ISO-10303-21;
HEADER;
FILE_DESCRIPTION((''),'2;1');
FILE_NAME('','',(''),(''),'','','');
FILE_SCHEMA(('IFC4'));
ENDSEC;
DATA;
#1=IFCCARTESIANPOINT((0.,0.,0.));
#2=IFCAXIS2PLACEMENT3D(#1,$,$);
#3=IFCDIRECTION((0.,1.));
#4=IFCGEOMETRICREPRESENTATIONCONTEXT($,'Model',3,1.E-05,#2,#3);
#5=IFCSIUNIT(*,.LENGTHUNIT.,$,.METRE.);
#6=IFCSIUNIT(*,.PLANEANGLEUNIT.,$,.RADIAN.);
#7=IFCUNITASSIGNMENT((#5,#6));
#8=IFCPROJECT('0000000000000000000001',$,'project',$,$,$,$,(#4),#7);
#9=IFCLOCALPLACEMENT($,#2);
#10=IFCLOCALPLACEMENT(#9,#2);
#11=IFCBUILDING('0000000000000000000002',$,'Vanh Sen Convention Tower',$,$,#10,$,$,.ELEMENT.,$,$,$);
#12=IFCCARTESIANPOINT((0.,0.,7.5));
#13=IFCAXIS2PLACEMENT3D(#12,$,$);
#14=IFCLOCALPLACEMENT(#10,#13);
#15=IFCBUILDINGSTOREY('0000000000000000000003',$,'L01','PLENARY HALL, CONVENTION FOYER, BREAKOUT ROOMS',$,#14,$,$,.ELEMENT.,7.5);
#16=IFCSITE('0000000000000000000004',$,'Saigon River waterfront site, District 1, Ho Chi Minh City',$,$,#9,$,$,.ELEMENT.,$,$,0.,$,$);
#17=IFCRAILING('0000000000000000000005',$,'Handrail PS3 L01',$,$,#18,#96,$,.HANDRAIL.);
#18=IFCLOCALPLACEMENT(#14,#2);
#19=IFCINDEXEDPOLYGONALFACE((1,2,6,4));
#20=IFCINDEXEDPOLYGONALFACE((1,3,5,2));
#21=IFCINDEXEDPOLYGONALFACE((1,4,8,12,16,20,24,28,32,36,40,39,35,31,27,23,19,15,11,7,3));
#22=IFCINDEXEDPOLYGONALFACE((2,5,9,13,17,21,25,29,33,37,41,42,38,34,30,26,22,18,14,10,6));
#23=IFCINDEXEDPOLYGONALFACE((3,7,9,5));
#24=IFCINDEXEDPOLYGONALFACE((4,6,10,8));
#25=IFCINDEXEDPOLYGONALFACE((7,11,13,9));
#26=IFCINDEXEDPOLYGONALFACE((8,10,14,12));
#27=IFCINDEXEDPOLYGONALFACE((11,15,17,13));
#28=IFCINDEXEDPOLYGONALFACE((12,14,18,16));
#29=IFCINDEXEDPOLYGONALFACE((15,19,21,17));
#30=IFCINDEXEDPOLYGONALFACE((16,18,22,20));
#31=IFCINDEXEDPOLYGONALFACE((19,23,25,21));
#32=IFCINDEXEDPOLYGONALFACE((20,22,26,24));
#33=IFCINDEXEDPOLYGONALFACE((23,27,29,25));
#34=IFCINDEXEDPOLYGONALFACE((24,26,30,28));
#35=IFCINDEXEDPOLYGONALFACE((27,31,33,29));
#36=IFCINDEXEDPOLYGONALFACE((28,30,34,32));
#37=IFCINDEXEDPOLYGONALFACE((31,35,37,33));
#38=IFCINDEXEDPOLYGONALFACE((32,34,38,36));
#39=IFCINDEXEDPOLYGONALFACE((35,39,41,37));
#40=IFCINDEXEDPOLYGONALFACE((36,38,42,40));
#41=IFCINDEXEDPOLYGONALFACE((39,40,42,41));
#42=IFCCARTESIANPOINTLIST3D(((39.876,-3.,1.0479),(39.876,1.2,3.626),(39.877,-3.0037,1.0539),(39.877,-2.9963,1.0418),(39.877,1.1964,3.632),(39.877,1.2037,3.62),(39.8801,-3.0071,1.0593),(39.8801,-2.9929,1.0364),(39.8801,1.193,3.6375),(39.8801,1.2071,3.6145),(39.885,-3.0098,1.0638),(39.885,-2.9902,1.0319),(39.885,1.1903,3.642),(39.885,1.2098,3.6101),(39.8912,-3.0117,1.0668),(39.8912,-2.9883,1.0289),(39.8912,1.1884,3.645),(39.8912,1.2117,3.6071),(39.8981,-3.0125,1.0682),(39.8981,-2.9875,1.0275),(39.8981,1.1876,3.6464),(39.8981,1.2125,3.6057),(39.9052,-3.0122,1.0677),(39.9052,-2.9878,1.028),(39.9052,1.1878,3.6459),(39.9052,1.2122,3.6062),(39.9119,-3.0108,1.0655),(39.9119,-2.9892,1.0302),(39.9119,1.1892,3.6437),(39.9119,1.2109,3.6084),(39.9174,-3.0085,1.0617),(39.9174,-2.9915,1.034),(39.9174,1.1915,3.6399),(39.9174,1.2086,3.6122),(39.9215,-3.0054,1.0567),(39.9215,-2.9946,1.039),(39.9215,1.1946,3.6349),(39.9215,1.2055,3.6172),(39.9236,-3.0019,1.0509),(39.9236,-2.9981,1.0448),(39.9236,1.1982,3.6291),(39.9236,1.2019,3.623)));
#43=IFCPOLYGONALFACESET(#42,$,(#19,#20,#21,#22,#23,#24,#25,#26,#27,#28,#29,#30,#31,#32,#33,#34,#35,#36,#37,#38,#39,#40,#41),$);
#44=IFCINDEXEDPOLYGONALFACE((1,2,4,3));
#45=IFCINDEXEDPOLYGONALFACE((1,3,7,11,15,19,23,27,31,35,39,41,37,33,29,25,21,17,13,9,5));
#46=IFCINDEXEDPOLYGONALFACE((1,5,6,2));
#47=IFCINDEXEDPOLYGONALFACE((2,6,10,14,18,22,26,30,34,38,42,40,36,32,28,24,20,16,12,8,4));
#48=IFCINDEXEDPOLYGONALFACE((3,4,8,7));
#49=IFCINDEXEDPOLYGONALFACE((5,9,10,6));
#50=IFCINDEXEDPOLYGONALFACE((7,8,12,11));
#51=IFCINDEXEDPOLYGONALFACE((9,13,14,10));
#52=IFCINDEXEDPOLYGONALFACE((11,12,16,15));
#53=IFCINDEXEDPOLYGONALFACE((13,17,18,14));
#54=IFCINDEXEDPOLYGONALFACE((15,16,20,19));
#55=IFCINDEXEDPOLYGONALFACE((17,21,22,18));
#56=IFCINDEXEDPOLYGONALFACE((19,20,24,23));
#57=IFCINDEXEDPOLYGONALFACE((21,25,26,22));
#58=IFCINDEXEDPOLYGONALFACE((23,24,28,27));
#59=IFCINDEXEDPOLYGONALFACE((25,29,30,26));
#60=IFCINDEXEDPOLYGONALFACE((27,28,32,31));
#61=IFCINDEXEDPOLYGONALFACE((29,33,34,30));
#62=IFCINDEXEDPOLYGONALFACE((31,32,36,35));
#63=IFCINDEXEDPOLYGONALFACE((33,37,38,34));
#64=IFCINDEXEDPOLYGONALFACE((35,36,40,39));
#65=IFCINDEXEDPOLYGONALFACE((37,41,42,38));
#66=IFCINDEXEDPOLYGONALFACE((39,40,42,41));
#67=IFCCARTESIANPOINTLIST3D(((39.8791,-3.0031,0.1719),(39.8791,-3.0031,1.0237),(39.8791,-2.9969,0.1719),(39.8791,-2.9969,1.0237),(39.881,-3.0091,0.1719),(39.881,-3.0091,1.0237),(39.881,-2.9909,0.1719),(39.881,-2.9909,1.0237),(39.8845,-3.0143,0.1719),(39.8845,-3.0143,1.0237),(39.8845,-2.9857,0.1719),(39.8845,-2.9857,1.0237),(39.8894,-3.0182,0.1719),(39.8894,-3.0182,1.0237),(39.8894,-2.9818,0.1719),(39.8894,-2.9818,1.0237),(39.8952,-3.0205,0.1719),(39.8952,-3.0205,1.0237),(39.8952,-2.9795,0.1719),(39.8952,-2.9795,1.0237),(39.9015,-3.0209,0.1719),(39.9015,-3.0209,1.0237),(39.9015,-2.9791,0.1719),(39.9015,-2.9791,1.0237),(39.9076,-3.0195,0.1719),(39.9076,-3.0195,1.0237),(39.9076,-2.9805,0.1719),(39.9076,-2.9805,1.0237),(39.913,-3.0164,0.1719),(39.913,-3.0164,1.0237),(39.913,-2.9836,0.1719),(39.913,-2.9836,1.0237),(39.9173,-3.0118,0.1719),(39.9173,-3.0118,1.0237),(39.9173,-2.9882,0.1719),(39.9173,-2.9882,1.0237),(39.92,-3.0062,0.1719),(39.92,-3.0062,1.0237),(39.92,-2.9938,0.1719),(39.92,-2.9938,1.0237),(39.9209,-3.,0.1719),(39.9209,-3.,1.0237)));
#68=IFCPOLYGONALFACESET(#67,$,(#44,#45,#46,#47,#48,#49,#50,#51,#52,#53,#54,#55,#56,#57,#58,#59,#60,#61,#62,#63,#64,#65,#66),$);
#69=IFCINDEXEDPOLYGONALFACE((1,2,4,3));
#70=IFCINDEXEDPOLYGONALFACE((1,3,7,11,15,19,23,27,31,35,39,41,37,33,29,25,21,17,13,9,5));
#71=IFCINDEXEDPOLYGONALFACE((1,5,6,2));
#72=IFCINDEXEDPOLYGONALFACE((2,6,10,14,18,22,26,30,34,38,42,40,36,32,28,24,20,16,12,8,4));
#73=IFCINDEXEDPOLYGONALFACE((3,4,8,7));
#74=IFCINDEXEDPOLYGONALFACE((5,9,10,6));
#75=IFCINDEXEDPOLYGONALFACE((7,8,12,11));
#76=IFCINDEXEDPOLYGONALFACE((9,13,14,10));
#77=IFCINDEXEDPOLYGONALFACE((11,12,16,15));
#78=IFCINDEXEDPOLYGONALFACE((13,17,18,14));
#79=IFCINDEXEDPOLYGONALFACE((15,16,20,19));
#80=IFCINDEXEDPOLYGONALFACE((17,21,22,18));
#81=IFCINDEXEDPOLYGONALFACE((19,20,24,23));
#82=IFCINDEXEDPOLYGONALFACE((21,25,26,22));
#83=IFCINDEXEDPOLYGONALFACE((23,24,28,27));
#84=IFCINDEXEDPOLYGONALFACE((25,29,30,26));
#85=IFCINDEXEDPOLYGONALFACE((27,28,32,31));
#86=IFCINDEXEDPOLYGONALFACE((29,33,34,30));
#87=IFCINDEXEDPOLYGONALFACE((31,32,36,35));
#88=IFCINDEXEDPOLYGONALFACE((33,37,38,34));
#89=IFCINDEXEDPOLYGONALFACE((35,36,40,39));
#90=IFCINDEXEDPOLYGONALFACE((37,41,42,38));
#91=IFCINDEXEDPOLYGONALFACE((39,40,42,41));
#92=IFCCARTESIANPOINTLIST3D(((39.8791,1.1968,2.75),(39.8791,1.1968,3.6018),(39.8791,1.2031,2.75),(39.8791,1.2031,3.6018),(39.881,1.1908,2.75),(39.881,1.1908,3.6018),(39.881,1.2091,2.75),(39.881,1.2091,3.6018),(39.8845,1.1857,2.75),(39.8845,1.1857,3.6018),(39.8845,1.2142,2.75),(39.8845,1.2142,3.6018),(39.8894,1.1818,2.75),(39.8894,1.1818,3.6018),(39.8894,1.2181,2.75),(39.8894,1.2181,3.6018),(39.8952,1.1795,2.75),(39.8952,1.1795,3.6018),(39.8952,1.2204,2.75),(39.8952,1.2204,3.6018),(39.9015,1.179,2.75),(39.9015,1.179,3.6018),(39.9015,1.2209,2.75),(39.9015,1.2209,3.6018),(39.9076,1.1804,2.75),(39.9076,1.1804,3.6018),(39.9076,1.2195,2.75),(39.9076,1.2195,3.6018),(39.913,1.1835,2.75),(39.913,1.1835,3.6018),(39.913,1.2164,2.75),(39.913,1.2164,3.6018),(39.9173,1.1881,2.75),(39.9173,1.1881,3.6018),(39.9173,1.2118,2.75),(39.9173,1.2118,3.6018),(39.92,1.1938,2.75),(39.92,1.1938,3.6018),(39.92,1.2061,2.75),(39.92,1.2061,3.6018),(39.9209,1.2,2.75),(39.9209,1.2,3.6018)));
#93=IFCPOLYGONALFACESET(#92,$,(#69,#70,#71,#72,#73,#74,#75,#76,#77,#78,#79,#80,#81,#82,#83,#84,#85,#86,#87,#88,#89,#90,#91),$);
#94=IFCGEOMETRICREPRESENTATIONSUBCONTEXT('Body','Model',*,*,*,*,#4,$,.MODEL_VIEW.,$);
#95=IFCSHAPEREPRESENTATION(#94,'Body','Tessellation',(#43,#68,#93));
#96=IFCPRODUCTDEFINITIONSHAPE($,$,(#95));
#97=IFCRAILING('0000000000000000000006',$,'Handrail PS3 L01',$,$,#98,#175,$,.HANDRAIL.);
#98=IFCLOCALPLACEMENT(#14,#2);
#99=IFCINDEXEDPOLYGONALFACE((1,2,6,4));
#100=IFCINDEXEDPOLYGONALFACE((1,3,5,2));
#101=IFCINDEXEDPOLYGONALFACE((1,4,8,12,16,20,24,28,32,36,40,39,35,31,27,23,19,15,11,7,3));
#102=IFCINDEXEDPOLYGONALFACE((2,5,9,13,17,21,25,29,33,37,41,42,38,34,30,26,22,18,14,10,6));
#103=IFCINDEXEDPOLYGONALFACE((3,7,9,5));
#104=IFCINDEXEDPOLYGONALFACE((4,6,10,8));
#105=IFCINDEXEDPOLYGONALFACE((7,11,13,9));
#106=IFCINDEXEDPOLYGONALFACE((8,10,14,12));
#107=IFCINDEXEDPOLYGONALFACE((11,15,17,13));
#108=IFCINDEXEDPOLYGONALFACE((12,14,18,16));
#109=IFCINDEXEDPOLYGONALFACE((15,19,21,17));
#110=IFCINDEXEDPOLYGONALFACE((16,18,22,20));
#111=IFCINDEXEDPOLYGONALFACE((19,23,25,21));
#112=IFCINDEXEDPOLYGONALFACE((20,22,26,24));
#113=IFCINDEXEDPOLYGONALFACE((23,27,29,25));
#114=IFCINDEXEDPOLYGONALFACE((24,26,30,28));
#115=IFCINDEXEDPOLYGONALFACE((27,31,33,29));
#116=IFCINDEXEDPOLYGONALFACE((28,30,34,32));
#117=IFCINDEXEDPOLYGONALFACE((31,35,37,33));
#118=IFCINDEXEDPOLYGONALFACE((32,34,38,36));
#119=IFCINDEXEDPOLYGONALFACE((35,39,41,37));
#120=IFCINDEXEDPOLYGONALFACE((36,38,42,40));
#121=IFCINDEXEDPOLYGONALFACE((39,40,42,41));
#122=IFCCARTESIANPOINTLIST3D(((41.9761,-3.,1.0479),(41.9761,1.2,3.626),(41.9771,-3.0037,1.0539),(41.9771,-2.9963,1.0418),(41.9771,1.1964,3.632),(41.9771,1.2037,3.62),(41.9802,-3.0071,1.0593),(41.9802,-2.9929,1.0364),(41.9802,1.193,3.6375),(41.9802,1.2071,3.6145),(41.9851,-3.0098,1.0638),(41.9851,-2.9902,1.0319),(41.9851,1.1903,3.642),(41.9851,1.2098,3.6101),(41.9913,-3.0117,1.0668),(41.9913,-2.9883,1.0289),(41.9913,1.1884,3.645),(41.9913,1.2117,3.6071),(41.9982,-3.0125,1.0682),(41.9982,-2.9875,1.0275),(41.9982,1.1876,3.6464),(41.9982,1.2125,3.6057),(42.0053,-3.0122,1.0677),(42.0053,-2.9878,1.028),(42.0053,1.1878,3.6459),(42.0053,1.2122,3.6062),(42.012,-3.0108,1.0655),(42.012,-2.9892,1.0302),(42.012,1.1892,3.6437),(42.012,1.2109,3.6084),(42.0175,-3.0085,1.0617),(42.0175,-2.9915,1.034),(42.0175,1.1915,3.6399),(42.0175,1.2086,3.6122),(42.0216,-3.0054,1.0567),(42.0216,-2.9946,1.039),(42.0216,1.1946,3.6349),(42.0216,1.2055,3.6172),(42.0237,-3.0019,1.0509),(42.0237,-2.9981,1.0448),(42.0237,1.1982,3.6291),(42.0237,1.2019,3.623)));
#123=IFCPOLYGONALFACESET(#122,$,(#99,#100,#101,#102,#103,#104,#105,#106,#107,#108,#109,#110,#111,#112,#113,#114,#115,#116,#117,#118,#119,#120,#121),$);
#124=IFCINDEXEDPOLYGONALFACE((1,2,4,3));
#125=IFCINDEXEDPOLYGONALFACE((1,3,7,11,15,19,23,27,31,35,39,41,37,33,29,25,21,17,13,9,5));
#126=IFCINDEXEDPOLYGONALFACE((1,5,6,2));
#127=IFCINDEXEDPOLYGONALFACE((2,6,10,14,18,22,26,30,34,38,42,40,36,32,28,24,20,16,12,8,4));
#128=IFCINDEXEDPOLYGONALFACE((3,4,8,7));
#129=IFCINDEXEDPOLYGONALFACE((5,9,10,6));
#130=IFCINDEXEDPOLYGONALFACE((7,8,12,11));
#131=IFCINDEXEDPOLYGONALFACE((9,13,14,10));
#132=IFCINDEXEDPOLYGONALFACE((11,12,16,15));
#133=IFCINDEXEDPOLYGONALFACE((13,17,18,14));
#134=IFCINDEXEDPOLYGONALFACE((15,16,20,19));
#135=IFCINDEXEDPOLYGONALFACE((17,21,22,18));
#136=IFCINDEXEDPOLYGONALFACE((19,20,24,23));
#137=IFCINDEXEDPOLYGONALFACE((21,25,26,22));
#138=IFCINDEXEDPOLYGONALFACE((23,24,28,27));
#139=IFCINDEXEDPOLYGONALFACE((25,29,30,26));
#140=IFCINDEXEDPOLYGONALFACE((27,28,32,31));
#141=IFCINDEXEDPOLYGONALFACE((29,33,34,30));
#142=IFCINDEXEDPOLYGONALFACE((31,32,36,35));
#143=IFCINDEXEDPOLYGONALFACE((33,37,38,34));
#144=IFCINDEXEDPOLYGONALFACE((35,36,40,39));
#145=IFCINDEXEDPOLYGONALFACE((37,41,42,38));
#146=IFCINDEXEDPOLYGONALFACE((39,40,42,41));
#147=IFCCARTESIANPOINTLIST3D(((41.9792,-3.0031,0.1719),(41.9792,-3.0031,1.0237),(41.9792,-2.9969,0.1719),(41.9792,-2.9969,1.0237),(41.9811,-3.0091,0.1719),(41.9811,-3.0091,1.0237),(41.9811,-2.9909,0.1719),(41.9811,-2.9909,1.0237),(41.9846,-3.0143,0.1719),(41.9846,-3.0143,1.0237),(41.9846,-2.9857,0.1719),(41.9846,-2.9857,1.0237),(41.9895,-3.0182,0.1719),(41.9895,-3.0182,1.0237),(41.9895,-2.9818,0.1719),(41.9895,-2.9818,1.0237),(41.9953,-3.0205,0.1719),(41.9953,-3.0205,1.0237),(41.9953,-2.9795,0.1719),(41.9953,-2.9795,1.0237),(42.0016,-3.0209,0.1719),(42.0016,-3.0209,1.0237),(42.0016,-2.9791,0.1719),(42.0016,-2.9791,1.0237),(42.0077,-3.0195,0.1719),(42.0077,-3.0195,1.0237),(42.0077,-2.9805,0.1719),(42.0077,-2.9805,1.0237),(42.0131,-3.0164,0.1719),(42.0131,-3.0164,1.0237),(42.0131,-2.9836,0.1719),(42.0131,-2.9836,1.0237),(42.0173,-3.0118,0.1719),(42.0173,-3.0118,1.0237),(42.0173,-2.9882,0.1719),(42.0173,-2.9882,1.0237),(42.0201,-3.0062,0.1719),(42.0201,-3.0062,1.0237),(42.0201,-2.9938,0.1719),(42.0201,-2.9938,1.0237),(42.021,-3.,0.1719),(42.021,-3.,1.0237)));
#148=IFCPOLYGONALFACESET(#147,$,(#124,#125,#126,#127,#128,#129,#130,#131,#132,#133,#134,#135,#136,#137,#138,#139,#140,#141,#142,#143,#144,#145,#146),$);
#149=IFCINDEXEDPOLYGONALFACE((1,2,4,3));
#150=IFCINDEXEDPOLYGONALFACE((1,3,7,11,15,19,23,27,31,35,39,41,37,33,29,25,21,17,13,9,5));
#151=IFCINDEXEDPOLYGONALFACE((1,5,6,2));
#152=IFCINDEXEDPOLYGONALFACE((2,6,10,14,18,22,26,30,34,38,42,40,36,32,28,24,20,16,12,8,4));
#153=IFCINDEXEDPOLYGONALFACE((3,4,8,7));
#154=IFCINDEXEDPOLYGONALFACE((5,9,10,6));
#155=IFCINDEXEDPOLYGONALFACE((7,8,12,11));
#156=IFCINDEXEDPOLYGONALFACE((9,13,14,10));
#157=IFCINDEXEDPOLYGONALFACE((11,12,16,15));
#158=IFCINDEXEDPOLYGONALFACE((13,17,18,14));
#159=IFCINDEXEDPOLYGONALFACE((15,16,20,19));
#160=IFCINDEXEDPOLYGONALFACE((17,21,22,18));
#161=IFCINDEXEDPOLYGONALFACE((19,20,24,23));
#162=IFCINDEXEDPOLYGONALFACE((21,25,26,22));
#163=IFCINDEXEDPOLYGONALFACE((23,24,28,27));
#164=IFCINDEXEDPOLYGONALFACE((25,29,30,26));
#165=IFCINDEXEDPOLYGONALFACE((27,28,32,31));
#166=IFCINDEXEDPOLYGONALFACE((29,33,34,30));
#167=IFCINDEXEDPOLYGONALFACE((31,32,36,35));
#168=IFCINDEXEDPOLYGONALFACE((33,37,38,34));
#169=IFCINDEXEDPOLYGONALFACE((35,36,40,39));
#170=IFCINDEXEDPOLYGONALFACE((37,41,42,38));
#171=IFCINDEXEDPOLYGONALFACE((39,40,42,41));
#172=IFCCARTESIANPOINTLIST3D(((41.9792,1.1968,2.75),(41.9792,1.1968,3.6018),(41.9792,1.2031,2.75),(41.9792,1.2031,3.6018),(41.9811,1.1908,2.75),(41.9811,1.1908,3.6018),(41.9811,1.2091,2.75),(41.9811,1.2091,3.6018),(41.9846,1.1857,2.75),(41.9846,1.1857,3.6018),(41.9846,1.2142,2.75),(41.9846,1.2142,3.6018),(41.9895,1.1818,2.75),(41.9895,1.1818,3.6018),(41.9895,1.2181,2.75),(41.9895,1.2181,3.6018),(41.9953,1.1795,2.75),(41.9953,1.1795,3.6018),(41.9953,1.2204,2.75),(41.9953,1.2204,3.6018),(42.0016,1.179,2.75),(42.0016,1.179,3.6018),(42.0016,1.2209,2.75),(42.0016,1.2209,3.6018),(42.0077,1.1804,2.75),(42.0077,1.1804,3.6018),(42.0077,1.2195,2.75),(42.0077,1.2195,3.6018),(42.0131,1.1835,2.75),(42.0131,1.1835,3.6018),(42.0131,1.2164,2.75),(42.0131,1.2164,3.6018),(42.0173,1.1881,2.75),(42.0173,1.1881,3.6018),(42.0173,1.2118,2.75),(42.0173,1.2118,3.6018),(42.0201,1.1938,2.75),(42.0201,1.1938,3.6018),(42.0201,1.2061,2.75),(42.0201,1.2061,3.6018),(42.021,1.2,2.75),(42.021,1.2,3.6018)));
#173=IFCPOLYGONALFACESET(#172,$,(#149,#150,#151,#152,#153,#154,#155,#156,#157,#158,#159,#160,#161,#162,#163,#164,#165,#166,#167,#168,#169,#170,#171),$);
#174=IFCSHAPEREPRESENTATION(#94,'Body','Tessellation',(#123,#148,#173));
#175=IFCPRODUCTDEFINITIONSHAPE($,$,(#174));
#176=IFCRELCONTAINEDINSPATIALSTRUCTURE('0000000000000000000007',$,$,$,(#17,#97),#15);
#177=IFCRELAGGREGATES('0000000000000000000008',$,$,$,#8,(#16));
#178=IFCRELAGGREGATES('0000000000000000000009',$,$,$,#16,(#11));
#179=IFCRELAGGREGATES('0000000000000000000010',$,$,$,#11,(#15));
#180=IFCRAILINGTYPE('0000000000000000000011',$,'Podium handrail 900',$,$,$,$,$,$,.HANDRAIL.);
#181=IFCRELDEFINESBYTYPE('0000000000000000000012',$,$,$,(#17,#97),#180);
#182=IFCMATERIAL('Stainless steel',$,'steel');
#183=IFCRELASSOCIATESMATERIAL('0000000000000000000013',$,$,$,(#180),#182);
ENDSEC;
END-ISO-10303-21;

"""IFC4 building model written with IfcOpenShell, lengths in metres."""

from ifc_helpers import new_model, si_unit, direction, frame, origin, origin_2d, place, context, subcontext, project, spatial, circle, extrude, material, type_object, element, save


model = new_model("IFC4")

# Units and contexts
model_context = context("Model", 3, precision=1e-05, world=origin(), true_north=direction((0.0, 1.0)))
body_context = subcontext(model_context, "Body", "Model", "MODEL_VIEW")
ifc_project = project(units=[si_unit("LENGTHUNIT", "METRE"), si_unit("PLANEANGLEUNIT", "RADIAN")], contexts=[model_context])

# Site, building, storey
site_placement = place(None, origin())
site = spatial("IfcSite", under=ifc_project, at=site_placement, Name="Saigon River waterfront site, District 1, Ho Chi Minh City", CompositionType="ELEMENT", RefElevation=0.0)
building_placement = place(site_placement, origin())
building = spatial("IfcBuilding", under=site, at=building_placement, Name="Vanh Sen Convention Tower", CompositionType="ELEMENT")
storey_placement = place(building_placement, frame((0.0, 0.0, 7.5)))
storey = spatial("IfcBuildingStorey", under=building, at=storey_placement, Name="L01", Description="PLENARY HALL, CONVENTION FOYER, BREAKOUT ROOMS", CompositionType="ELEMENT", Elevation=7.5)

# Railings
ifc_material_1 = material(Name="Stainless steel", Category="steel")
railing_type = type_object("IfcRailingType", Name="Podium handrail 900", PredefinedType="HANDRAIL", material=ifc_material_1)
for number, where, name in (
    (1, (39.8999, -3.0, 0.1719), "Handrail PS3 L01"),
    (2, (42.0, -3.0, 0.1719), "Handrail PS3 L01"),
):
    element("IfcRailing", number, at=place(storey_placement, frame(where)), inside=storey, type_object=railing_type, Name=name, PredefinedType="HANDRAIL", context=body_context, shape_type="SweptSolid", body=[
        extrude(circle(Radius=0.0239, at=origin_2d()), frame((0.0, 0.0, 0.876), z_axis=(0.0, 0.852243, 0.523146), x_axis=(-1.0, 0.0, 0.0)), (0.0, 0.0, 1.0), 4.9282),
        extrude(circle(Radius=0.021, at=origin_2d()), origin(), (0.0, 0.0, 1.0), 0.8518),
        extrude(circle(Radius=0.021, at=origin_2d()), frame((0.0, 4.2, 2.5781)), (0.0, 0.0, 1.0), 0.8518),
    ])

save(model, "model.ifc")
